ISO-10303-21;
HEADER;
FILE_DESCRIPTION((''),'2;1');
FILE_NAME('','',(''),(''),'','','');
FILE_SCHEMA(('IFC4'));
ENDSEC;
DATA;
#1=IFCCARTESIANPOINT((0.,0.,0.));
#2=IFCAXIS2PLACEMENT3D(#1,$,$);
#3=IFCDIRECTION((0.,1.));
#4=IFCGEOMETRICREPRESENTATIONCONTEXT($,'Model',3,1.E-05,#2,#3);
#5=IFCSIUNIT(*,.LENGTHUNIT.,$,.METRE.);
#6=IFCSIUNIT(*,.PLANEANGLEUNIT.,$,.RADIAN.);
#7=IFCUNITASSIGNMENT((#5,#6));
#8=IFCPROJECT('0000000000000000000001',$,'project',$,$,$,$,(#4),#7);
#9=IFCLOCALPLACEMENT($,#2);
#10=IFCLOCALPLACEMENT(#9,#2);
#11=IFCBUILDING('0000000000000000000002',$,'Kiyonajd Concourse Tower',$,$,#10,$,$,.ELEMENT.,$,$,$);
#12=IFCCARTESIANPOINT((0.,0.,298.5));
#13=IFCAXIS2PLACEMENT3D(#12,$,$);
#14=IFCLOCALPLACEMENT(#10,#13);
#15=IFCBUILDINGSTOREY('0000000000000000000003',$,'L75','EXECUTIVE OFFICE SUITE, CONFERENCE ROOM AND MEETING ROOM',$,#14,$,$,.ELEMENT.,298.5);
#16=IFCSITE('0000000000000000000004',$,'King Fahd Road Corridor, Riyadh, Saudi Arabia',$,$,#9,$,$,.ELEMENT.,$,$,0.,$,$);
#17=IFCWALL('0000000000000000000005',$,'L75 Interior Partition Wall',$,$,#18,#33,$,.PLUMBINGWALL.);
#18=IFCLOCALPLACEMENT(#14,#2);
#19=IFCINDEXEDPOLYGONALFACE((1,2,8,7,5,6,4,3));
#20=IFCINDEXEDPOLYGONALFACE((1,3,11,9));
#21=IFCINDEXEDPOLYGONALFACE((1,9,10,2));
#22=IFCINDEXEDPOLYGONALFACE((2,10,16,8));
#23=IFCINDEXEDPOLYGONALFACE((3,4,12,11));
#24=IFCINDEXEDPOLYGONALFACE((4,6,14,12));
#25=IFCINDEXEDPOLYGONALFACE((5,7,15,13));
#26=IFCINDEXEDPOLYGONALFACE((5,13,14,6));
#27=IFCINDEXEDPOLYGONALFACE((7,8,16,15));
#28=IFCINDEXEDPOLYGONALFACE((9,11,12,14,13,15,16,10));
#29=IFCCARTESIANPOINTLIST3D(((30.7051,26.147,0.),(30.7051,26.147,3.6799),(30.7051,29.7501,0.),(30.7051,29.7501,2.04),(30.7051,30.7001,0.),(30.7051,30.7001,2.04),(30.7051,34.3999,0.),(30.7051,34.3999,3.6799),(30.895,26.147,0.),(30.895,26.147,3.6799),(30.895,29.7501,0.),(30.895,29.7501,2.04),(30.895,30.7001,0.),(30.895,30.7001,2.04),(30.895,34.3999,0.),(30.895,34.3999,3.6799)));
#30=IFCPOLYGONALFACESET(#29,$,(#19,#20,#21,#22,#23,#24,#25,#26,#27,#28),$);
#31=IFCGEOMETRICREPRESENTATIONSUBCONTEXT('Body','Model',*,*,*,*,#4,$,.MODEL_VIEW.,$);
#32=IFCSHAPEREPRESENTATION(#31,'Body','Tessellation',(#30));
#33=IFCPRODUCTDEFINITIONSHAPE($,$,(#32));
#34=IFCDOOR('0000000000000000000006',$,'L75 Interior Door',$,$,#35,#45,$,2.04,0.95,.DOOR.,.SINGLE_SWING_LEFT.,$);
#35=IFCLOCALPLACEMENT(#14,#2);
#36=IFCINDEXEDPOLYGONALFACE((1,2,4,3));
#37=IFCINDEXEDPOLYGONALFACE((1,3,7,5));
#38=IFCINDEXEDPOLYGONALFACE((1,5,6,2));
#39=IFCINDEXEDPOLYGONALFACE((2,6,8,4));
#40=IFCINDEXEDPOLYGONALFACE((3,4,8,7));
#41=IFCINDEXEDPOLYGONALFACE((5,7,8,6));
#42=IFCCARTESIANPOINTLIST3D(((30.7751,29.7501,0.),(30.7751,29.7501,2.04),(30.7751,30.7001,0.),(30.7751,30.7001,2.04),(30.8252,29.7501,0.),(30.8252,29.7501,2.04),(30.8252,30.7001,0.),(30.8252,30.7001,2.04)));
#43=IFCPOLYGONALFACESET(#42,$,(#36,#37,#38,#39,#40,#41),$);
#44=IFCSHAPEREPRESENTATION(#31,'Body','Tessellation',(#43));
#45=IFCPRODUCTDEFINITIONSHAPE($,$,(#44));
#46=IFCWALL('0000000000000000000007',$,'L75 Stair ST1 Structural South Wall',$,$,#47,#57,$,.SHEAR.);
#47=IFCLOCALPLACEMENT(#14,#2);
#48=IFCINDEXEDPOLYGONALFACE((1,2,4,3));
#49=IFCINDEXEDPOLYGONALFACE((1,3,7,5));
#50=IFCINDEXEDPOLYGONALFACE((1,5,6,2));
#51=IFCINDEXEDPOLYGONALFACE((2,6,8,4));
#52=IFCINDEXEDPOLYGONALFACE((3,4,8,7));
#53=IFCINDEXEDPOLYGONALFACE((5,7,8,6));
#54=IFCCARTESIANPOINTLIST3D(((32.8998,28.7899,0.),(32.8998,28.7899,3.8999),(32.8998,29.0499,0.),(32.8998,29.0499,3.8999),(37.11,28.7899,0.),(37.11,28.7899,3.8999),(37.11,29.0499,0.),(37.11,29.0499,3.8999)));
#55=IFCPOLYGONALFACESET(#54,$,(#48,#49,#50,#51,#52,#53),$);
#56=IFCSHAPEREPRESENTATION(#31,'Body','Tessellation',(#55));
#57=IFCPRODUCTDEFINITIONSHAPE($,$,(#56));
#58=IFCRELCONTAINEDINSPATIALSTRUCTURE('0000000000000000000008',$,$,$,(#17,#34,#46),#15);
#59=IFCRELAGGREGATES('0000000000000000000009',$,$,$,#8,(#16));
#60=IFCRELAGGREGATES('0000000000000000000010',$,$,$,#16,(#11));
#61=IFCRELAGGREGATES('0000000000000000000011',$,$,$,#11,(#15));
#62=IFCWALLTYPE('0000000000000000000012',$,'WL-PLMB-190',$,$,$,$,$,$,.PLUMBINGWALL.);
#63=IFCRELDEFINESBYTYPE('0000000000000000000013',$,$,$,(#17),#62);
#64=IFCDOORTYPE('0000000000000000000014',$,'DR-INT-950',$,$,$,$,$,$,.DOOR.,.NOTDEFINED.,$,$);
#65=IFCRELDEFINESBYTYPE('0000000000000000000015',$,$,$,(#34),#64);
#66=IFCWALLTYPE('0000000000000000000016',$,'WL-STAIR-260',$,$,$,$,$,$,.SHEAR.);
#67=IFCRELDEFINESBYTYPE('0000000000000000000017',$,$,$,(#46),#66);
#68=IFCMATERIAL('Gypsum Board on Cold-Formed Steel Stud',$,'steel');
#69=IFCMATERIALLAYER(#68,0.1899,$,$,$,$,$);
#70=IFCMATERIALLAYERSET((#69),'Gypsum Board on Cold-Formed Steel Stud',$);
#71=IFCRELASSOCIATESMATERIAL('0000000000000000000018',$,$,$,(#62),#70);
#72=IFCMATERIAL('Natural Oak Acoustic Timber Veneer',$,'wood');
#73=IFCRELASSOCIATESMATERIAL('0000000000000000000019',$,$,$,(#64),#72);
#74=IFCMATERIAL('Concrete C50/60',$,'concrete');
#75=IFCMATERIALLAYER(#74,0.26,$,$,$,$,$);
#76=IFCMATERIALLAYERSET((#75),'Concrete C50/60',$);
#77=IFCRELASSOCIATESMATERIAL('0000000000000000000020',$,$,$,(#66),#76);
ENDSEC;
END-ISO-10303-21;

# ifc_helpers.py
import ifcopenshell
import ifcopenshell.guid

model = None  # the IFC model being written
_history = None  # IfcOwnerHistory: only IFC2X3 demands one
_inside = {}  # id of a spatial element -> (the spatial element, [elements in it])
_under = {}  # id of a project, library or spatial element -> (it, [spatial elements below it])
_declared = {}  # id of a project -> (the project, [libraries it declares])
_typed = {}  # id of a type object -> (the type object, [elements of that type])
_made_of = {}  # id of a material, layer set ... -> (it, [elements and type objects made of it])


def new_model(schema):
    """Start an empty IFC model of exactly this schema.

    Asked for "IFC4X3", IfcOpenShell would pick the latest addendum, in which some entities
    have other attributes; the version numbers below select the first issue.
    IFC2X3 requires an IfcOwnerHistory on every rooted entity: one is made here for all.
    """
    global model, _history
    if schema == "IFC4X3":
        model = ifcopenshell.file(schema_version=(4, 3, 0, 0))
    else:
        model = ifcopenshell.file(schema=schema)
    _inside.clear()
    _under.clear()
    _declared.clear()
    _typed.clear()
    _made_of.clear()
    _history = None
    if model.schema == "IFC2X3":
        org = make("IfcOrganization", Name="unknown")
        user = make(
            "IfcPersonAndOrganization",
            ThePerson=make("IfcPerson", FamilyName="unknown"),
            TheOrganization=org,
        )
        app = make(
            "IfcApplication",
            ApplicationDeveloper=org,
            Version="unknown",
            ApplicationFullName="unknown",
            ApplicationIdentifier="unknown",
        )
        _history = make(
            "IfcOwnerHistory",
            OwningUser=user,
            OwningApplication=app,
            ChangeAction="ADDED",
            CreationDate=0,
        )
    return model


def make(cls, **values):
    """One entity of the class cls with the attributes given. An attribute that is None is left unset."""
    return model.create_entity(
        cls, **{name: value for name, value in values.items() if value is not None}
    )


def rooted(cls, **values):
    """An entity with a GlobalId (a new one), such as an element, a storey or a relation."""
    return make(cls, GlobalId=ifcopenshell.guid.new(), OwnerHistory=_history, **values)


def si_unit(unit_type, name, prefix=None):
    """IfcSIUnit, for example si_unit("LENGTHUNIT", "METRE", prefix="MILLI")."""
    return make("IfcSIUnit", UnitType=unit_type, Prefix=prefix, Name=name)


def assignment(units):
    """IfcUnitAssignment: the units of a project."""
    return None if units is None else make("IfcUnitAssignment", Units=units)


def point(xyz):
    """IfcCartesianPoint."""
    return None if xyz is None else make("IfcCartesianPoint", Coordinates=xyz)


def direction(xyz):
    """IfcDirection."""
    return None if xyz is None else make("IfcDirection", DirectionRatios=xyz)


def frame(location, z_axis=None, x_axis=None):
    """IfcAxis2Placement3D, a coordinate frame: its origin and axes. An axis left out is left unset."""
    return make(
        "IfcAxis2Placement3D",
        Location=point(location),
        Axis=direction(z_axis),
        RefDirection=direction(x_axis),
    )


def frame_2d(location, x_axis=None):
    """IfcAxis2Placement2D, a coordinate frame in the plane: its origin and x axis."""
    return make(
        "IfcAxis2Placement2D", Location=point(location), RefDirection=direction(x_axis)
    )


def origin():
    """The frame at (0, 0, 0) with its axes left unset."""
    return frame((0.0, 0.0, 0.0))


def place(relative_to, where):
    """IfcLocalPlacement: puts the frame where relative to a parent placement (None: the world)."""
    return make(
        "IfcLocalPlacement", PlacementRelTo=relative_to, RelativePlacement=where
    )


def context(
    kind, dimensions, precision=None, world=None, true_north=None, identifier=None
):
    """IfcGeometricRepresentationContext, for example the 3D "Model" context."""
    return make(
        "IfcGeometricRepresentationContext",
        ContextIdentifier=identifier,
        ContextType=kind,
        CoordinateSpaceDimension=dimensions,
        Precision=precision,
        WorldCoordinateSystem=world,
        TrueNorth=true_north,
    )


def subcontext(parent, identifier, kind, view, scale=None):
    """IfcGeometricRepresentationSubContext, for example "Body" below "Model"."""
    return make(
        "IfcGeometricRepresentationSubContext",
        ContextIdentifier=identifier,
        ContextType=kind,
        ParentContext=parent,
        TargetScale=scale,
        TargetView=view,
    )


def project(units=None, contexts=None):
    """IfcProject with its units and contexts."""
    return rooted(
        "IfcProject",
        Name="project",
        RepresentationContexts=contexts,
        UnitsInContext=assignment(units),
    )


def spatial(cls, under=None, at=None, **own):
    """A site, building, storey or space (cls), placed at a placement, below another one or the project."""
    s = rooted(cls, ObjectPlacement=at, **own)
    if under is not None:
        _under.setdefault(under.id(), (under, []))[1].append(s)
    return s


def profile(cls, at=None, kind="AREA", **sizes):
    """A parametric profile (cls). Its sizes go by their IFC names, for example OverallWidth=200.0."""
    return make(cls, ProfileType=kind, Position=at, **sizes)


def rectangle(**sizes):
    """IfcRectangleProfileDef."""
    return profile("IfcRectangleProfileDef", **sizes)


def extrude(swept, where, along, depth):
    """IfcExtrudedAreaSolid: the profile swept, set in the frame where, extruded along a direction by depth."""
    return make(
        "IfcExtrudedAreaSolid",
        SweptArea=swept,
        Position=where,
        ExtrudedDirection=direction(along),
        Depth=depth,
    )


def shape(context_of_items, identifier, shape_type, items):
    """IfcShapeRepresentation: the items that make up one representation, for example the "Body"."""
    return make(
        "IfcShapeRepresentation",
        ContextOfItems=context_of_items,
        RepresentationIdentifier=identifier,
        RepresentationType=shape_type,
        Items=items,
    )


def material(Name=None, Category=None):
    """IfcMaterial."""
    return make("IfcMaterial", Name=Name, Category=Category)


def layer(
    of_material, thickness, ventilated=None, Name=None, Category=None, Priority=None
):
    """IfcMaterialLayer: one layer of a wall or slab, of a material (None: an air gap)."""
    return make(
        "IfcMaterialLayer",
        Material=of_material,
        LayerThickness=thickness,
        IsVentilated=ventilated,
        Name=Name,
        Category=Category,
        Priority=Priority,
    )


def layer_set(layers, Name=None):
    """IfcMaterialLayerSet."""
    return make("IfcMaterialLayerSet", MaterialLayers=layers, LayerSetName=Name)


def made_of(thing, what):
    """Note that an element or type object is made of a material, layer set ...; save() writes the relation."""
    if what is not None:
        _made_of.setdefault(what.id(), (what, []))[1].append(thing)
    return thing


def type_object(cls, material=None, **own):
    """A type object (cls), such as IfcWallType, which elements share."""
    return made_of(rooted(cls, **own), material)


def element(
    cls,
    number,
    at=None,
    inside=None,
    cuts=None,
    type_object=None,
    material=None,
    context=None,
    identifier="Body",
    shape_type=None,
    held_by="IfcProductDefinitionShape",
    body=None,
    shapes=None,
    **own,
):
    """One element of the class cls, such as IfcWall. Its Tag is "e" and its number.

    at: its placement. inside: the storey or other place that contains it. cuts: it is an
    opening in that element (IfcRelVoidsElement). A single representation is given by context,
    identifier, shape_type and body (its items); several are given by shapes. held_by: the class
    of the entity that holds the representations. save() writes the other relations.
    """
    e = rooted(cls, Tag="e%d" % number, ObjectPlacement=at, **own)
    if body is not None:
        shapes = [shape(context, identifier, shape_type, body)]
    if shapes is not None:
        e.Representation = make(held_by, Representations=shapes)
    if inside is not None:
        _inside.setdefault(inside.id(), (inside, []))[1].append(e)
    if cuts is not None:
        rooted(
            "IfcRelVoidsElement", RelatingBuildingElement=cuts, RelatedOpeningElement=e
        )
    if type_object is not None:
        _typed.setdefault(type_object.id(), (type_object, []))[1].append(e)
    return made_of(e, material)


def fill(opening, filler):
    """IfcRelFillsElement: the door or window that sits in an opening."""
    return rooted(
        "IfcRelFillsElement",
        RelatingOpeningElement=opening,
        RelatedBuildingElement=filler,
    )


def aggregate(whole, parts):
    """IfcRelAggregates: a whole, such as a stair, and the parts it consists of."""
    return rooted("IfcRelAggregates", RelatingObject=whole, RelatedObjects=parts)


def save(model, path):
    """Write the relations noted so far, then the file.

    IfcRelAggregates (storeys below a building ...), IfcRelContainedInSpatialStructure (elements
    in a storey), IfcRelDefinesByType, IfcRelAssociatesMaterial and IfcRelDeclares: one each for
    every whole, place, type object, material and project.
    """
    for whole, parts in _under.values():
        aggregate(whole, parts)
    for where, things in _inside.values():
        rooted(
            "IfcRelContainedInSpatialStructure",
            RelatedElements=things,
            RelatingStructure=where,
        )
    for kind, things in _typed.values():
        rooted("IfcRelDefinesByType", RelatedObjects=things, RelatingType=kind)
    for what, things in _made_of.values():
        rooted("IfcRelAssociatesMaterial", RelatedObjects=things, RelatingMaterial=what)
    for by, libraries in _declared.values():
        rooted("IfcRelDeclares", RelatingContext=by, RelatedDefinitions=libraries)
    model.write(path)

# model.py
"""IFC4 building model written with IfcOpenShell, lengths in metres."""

from ifc_helpers import new_model, si_unit, direction, frame, frame_2d, origin, place, context, subcontext, project, spatial, rectangle, extrude, material, layer, layer_set, type_object, element, fill, save


model = new_model("IFC4")

# Units and contexts
model_context = context("Model", 3, precision=1e-05, world=origin(), true_north=direction((0.0, 1.0)))
body_context = subcontext(model_context, "Body", "Model", "MODEL_VIEW")
ifc_project = project(units=[si_unit("LENGTHUNIT", "METRE"), si_unit("PLANEANGLEUNIT", "RADIAN")], contexts=[model_context])

# Site, building, storey
site_placement = place(None, origin())
site = spatial("IfcSite", under=ifc_project, at=site_placement, Name="King Fahd Road Corridor, Riyadh, Saudi Arabia", CompositionType="ELEMENT", RefElevation=0.0)
building_placement = place(site_placement, origin())
building = spatial("IfcBuilding", under=site, at=building_placement, Name="Kiyonajd Concourse Tower", CompositionType="ELEMENT")
storey_placement = place(building_placement, frame((0.0, 0.0, 298.5)))
storey = spatial("IfcBuildingStorey", under=building, at=storey_placement, Name="L75", Description="EXECUTIVE OFFICE SUITE, CONFERENCE ROOM AND MEETING ROOM", CompositionType="ELEMENT", Elevation=298.5)

# Shared definitions
ifc_material_1 = material(Name="Concrete C50/60", Category="concrete")

# Shared definitions
ifc_material_2 = material(Name="Gypsum Board on Cold-Formed Steel Stud", Category="steel")
ifc_layer_1 = layer(ifc_material_2, 0.1899)
ifc_layer_set_1 = layer_set([ifc_layer_1], Name="Gypsum Board on Cold-Formed Steel Stud")
wall_type_1 = type_object("IfcWallType", Name="WL-PLMB-190", PredefinedType="PLUMBINGWALL", material=ifc_layer_set_1)

# Wall, opening, door
wall_1_placement = place(storey_placement, frame((30.8, 26.147, 0.0), z_axis=(0.0, 0.0, 1.0), x_axis=(0.0, 1.0, 0.0)))
wall_1 = element("IfcWall", 1, at=wall_1_placement, inside=storey, type_object=wall_type_1, Name="L75 Interior Partition Wall", PredefinedType="PLUMBINGWALL", context=body_context, shape_type="SweptSolid", body=[
    extrude(rectangle(XDim=8.2529, YDim=0.1899, at=frame_2d((4.1265, 0.0))), origin(), (0.0, 0.0, 1.0), 3.6799),
])
opening_1_placement = place(wall_1_placement, frame((3.603, 0.0, 0.0)))
opening_1 = element("IfcOpeningElement", 2, at=opening_1_placement, cuts=wall_1, PredefinedType="OPENING", context=body_context, shape_type="SweptSolid", body=[
    extrude(rectangle(XDim=0.95, YDim=2.04, at=frame_2d((0.4751, 1.02))), frame((0.0, 0.105, 0.0), z_axis=(0.0, -1.0, 0.0), x_axis=(1.0, 0.0, 0.0)), (0.0, 0.0, 1.0), 0.21),
])
ifc_material_3 = material(Name="Natural Oak Acoustic Timber Veneer", Category="wood")
door_type_1 = type_object("IfcDoorType", Name="DR-INT-950", OperationType="NOTDEFINED", PredefinedType="DOOR", material=ifc_material_3)
door_1_placement = place(opening_1_placement, origin())
door_1 = element("IfcDoor", 3, at=door_1_placement, inside=storey, type_object=door_type_1, Name="L75 Interior Door", OperationType="SINGLE_SWING_LEFT", OverallHeight=2.04, OverallWidth=0.95, PredefinedType="DOOR", context=body_context, shape_type="SweptSolid", body=[
    extrude(rectangle(XDim=0.95, YDim=2.04, at=frame_2d((0.4751, 1.02))), frame((0.0, 0.0249, 0.0), z_axis=(0.0, -1.0, 0.0), x_axis=(1.0, 0.0, 0.0)), (0.0, 0.0, 1.0), 0.05),
])
fill(opening_1, door_1)

# Wall
ifc_layer_2 = layer(ifc_material_1, 0.26)
ifc_layer_set_2 = layer_set([ifc_layer_2], Name="Concrete C50/60")
wall_type_2 = type_object("IfcWallType", Name="WL-STAIR-260", PredefinedType="SHEAR", material=ifc_layer_set_2)
wall_2_placement = place(storey_placement, frame((32.8999, 28.9199, 0.0), z_axis=(0.0, 0.0, 1.0), x_axis=(1.0, 0.0, 0.0)))
element("IfcWall", 4, at=wall_2_placement, inside=storey, type_object=wall_type_2, Name="L75 Stair ST1 Structural South Wall", PredefinedType="SHEAR", context=body_context, shape_type="SweptSolid", body=[
    extrude(rectangle(XDim=4.2102, YDim=0.26, at=frame_2d((2.105, 0.0))), origin(), (0.0, 0.0, 1.0), 3.8999),
])

save(model, "model.ifc")
